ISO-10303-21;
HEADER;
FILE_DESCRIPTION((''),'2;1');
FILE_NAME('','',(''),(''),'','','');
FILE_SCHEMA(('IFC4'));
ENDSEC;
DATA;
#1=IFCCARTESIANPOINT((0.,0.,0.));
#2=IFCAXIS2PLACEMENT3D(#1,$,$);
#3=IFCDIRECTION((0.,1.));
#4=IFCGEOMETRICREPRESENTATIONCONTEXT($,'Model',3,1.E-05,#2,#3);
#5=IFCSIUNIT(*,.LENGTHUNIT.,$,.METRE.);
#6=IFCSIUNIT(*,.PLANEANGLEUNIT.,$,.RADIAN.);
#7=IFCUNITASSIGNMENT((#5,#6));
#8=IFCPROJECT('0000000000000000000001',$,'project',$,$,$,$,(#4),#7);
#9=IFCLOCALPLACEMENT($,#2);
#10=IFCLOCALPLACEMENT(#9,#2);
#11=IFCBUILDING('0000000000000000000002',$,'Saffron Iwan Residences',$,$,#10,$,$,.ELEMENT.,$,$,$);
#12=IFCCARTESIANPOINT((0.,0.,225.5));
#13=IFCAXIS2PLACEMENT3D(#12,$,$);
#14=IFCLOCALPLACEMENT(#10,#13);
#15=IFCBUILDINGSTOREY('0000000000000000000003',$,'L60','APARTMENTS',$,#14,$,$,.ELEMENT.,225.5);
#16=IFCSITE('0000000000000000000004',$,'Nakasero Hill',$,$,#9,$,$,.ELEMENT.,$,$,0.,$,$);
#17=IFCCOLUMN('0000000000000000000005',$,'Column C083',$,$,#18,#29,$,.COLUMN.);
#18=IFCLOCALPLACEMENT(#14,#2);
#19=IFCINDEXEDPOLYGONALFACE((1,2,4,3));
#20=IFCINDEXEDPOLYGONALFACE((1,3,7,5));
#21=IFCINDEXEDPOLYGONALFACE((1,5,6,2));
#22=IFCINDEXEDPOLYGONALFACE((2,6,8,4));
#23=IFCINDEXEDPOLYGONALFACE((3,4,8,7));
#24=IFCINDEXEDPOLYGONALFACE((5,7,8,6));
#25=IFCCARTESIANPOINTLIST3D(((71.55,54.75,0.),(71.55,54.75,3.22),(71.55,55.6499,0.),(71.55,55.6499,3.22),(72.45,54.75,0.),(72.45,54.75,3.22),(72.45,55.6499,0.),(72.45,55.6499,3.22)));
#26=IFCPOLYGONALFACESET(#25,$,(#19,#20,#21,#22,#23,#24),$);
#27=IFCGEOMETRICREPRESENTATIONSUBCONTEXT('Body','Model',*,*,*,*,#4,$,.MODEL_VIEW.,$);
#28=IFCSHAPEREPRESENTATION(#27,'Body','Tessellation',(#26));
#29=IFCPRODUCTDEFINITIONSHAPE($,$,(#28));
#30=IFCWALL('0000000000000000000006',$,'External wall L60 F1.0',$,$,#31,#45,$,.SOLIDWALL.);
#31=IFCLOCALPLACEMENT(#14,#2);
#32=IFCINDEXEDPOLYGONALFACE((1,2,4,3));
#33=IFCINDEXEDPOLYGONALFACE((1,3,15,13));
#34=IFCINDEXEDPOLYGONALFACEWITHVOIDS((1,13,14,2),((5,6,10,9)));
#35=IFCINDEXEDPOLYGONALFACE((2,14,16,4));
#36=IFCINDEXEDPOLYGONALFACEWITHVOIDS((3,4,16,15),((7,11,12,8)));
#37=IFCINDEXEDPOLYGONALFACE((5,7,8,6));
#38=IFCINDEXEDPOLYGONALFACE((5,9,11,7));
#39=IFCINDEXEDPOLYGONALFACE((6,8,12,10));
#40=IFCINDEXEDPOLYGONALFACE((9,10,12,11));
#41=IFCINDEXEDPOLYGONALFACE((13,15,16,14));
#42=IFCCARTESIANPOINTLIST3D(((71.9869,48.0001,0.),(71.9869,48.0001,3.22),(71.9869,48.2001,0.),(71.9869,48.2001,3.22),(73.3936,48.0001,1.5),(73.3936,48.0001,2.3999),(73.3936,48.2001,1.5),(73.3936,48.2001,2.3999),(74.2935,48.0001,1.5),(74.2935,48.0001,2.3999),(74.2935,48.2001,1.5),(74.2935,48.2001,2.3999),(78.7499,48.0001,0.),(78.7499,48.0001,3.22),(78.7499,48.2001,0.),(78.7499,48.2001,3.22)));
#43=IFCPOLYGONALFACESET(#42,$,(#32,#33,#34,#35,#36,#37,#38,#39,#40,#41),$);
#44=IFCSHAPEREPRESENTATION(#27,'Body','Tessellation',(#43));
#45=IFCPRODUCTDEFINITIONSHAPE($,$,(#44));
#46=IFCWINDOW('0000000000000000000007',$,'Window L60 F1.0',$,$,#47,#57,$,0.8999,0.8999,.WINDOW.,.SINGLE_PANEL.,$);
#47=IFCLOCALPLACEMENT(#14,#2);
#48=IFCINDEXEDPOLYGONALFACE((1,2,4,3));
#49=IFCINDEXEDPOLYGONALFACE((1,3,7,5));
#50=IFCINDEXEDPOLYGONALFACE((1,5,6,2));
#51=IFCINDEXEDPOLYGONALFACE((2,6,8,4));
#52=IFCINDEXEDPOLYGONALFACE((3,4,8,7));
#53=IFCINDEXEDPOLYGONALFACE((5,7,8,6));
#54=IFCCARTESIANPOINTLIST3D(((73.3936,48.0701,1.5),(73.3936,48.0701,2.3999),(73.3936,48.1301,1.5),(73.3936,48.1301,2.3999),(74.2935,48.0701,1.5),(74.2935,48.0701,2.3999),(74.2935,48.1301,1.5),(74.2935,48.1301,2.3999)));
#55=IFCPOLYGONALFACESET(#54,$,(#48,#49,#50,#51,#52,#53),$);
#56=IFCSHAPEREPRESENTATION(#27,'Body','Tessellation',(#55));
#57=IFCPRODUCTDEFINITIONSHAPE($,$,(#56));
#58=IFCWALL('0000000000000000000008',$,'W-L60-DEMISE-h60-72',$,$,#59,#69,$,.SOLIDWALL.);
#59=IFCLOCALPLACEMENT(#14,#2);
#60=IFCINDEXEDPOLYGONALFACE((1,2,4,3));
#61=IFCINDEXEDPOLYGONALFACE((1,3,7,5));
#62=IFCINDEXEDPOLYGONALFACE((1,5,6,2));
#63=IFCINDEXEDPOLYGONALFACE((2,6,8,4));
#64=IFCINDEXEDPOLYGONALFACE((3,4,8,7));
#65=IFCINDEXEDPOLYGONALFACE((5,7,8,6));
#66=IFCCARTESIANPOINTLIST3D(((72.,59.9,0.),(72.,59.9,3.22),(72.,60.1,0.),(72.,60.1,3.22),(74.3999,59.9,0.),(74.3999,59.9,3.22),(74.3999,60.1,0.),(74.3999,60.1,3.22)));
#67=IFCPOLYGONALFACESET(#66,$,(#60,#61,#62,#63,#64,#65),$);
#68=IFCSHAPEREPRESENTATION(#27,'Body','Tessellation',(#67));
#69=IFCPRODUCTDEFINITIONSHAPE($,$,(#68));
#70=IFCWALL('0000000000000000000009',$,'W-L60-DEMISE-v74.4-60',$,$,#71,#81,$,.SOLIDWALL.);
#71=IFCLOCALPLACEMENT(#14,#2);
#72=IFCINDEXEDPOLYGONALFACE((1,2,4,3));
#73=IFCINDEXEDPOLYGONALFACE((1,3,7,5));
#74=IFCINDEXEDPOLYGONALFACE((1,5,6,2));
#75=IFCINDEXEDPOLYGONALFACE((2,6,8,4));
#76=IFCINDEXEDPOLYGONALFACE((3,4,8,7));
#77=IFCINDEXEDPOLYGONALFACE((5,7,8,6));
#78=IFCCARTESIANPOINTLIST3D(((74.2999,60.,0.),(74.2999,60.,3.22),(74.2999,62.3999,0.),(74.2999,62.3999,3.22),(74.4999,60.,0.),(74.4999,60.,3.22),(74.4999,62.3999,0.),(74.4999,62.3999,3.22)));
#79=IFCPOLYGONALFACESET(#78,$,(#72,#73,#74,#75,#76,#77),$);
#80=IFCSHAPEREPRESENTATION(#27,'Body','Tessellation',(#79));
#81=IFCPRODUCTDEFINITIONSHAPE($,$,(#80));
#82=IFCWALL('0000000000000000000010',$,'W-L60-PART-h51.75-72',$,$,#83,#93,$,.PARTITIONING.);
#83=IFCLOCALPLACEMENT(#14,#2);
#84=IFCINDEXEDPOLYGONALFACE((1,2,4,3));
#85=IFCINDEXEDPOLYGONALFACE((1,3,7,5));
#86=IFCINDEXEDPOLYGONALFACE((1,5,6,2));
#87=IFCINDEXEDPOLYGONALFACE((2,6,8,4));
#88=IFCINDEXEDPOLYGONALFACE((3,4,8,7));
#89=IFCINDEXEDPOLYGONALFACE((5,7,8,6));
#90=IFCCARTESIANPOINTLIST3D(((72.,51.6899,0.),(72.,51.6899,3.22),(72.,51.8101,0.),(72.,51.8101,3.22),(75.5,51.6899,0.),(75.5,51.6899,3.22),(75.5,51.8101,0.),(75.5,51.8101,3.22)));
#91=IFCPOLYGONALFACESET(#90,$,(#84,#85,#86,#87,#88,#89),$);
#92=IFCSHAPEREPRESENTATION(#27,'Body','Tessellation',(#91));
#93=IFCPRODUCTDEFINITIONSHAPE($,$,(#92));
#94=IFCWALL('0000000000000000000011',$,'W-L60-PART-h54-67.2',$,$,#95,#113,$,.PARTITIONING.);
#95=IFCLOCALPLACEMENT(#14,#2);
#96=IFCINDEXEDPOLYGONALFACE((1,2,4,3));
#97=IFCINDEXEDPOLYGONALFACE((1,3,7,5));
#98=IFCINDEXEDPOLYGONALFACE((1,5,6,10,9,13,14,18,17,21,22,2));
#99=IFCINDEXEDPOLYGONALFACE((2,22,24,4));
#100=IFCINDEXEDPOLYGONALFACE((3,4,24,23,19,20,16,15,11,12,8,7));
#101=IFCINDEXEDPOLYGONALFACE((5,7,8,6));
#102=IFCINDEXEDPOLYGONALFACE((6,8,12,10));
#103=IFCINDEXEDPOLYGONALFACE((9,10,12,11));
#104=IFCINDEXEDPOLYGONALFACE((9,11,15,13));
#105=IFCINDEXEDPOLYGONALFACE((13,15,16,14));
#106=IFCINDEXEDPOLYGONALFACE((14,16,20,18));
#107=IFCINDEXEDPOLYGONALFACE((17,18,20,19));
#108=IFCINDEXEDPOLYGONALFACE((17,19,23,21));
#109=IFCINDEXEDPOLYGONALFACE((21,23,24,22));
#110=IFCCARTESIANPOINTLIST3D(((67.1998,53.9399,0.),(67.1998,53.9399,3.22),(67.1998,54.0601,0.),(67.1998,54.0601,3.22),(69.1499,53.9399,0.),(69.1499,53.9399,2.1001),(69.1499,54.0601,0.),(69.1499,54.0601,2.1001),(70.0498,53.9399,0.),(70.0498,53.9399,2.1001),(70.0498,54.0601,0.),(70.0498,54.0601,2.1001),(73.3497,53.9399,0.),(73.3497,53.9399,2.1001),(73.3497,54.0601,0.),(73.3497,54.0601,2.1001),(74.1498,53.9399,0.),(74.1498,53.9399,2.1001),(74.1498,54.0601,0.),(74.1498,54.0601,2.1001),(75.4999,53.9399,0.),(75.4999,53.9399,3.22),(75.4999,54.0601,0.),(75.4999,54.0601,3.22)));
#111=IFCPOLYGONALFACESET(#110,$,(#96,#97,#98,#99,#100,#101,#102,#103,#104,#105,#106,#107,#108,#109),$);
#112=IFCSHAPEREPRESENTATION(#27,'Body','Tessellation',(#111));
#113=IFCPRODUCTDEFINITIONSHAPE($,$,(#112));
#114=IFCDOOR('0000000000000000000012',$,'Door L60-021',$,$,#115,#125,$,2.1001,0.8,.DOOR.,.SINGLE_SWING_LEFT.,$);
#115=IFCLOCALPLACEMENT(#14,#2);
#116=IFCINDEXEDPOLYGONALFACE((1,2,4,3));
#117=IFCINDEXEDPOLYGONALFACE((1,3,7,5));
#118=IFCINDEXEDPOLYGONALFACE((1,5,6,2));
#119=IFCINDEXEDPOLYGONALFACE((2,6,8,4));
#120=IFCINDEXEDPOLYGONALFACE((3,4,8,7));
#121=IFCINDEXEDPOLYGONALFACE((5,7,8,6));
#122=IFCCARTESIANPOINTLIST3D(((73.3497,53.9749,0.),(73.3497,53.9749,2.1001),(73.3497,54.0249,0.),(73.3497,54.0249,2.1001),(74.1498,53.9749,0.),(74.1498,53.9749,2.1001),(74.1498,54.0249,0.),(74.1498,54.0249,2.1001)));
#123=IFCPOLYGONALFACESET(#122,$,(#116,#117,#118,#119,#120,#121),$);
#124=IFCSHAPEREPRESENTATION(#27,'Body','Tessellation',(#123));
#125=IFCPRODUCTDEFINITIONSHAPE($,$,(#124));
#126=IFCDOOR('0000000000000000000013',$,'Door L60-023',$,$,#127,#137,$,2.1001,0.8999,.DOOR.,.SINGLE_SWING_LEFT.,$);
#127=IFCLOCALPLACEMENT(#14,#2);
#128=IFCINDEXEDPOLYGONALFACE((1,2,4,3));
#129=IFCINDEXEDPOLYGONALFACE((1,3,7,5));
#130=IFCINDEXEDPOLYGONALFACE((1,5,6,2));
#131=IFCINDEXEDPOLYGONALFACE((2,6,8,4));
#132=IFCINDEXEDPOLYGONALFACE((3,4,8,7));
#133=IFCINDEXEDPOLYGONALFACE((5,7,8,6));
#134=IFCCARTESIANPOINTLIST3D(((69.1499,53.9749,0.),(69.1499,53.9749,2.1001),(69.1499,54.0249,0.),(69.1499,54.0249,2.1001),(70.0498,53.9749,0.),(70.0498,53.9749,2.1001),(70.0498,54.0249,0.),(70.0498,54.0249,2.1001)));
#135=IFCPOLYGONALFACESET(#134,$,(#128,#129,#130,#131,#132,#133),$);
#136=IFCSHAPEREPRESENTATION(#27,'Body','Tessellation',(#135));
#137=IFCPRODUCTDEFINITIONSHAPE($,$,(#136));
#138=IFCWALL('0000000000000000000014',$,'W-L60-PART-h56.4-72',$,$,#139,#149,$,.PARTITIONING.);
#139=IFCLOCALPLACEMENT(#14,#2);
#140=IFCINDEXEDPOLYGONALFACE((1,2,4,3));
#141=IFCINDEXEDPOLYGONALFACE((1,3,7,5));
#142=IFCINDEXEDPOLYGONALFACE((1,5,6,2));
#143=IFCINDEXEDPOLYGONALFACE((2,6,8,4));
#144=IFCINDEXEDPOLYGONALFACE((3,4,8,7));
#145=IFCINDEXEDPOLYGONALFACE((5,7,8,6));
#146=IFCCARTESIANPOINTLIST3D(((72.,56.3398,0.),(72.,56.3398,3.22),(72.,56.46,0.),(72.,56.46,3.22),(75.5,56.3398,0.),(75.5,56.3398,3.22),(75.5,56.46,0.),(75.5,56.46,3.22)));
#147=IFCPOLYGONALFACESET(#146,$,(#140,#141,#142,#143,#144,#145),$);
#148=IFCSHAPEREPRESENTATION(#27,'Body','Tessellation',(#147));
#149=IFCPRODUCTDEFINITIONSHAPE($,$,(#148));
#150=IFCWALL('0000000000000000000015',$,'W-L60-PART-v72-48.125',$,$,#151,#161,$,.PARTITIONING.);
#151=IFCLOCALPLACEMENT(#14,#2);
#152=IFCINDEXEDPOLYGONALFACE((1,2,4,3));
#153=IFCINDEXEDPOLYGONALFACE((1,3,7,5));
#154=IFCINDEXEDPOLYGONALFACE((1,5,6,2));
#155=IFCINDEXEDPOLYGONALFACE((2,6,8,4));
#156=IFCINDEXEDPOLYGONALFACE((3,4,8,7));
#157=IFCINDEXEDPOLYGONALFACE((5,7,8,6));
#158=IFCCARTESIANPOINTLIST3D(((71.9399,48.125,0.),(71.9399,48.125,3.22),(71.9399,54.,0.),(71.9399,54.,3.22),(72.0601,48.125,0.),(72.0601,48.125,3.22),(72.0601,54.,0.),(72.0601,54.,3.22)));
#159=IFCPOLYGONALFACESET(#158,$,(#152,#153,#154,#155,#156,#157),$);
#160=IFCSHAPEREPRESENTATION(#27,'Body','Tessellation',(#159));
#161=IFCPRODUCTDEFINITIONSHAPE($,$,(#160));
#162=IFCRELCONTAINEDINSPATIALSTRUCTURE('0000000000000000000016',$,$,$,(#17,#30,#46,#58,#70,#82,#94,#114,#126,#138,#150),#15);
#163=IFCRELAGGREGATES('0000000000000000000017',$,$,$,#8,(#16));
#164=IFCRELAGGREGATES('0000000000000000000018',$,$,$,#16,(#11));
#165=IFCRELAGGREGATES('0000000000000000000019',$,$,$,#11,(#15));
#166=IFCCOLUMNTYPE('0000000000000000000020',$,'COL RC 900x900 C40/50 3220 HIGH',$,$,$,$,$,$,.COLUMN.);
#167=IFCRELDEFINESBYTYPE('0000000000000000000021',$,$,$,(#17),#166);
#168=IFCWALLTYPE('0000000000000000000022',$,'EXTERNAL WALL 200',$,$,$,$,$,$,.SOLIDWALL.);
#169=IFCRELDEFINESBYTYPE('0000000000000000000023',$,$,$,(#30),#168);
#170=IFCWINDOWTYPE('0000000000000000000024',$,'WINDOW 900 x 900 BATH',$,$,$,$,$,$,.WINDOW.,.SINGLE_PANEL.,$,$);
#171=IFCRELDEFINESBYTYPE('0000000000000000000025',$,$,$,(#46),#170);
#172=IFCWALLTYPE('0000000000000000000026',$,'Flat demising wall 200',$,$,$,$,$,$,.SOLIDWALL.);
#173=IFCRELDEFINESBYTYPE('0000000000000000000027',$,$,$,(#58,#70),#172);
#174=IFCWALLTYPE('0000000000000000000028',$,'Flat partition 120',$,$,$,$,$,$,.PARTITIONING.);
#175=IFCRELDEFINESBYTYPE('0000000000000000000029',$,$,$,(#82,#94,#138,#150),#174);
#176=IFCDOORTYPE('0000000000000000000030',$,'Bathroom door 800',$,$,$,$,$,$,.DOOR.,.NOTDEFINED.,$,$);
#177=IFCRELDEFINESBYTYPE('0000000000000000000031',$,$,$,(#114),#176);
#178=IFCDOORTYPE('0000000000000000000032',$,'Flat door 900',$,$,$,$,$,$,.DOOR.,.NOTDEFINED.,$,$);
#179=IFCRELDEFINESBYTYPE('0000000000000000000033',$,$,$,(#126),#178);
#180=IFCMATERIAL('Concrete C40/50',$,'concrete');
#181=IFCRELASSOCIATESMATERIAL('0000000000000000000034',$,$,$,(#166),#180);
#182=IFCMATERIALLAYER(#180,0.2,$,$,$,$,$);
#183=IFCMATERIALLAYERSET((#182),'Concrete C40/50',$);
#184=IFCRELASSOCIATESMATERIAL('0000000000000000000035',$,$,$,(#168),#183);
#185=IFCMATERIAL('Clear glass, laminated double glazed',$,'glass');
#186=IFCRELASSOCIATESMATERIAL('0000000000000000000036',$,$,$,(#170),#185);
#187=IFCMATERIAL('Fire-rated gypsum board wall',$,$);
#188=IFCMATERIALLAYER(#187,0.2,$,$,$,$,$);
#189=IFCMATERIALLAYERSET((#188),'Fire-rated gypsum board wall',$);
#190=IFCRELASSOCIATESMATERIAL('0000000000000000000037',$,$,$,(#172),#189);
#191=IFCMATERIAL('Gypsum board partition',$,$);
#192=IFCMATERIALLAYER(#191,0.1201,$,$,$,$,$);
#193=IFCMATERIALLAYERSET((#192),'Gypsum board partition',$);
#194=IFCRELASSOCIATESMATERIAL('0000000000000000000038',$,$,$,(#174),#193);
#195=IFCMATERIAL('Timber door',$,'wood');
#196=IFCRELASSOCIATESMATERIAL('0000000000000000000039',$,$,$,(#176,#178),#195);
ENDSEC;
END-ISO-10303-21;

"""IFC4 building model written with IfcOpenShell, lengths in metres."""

from ifc_helpers import new_model, si_unit, direction, frame, frame_2d, origin, origin_2d, place, context, subcontext, project, spatial, rectangle, extrude, source, transform, mapped, material, layer, layer_set, material_profile, profile_set, type_object, element, fill, save


model = new_model("IFC4")

# Units and contexts
model_context = context("Model", 3, precision=1e-05, world=origin(), true_north=direction((0.0, 1.0)))
body_context = subcontext(model_context, "Body", "Model", "MODEL_VIEW")
ifc_project = project(units=[si_unit("LENGTHUNIT", "METRE"), si_unit("PLANEANGLEUNIT", "RADIAN")], contexts=[model_context])

# Site, building, storey
site_placement = place(None, origin())
site = spatial("IfcSite", under=ifc_project, at=site_placement, Name="Nakasero Hill", CompositionType="ELEMENT", RefElevation=0.0)
building_placement = place(site_placement, origin())
building = spatial("IfcBuilding", under=site, at=building_placement, Name="Saffron Iwan Residences", CompositionType="ELEMENT")
storey_placement = place(building_placement, frame((0.0, 0.0, 225.5)))
storey = spatial("IfcBuildingStorey", under=building, at=storey_placement, Name="L60", Description="APARTMENTS", CompositionType="ELEMENT", Elevation=225.5)

# Column
ifc_material_1 = material(Name="Concrete C40/50", Category="concrete")
ifc_material_profile = material_profile(ifc_material_1, rectangle(XDim=0.8999, YDim=0.8999, at=origin_2d()), Name="RC 900x900")
ifc_profile_set = profile_set([ifc_material_profile], Name="Concrete C40/50")
column_type = type_object("IfcColumnType", Name="COL RC 900x900 C40/50 3220 HIGH", PredefinedType="COLUMN", material=ifc_profile_set)
shared_shape = source(origin(), body_context, "Body", "SweptSolid", [
    extrude(rectangle(XDim=0.8999, YDim=0.8999, at=origin_2d()), origin(), (0.0, 0.0, 1.0), 3.22),
])
column_placement = place(storey_placement, frame((72.0, 55.2, 0.0), z_axis=(0.0, 0.0, 1.0), x_axis=(1.0, 0.0, 0.0)))
element("IfcColumn", 1, at=column_placement, inside=storey, type_object=column_type, Name="Column C083", PredefinedType="COLUMN", context=body_context, shape_type="MappedRepresentation", body=[
    mapped(shared_shape, transform((0.0, 0.0, 0.0))),
])

# Wall, opening, window
ifc_layer_1 = layer(ifc_material_1, 0.2)
ifc_layer_set_1 = layer_set([ifc_layer_1], Name="Concrete C40/50")
wall_type_1 = type_object("IfcWallType", Name="EXTERNAL WALL 200", PredefinedType="SOLIDWALL", material=ifc_layer_set_1)
wall_1_placement = place(storey_placement, frame((71.9871, 48.1001, 0.0), z_axis=(0.0, 0.0, 1.0), x_axis=(1.0, 0.0, 0.0)))
wall_1 = element("IfcWall", 2, at=wall_1_placement, inside=storey, type_object=wall_type_1, Name="External wall L60 F1.0", PredefinedType="SOLIDWALL", context=body_context, shape_type="SweptSolid", body=[
    extrude(rectangle(XDim=6.7629, YDim=0.2, at=frame_2d((3.3813, 0.0))), origin(), (0.0, 0.0, 1.0), 3.22),
])
opening_1_placement = place(wall_1_placement, frame((1.4065, 0.0, 1.5)))
opening_1 = element("IfcOpeningElement", 3, at=opening_1_placement, cuts=wall_1, PredefinedType="OPENING", context=body_context, shape_type="SweptSolid", body=[
    extrude(rectangle(XDim=0.8999, YDim=0.8999, at=frame_2d((0.45, 0.45))), frame((0.0, 0.1099, 0.0), z_axis=(0.0, -1.0, 0.0), x_axis=(1.0, 0.0, 0.0)), (0.0, 0.0, 1.0), 0.22),
])
ifc_material_2 = material(Name="Clear glass, laminated double glazed", Category="glass")
window_type = type_object("IfcWindowType", Name="WINDOW 900 x 900 BATH", PartitioningType="SINGLE_PANEL", PredefinedType="WINDOW", material=ifc_material_2)
window_placement = place(opening_1_placement, origin())
window = element("IfcWindow", 4, at=window_placement, inside=storey, type_object=window_type, Name="Window L60 F1.0", OverallHeight=0.8999, OverallWidth=0.8999, PartitioningType="SINGLE_PANEL", PredefinedType="WINDOW", context=body_context, shape_type="SweptSolid", body=[
    extrude(rectangle(XDim=0.8999, YDim=0.8999, at=frame_2d((0.45, 0.45))), frame((0.0, 0.03, 0.0), z_axis=(0.0, -1.0, 0.0), x_axis=(1.0, 0.0, 0.0)), (0.0, 0.0, 1.0), 0.0601),
])
fill(opening_1, window)

# Walls
ifc_material_3 = material(Name="Fire-rated gypsum board wall")
ifc_layer_2 = layer(ifc_material_3, 0.2)
ifc_layer_set_2 = layer_set([ifc_layer_2], Name="Fire-rated gypsum board wall")
wall_type_2 = type_object("IfcWallType", Name="Flat demising wall 200", PredefinedType="SOLIDWALL", material=ifc_layer_set_2)
for number, where, z_axis, x_axis, name in (
    (5, (72.0, 60.0, 0.0), (0.0, 0.0, 1.0), (1.0, 0.0, 0.0), "W-L60-DEMISE-h60-72"),
    (6, (74.3999, 60.0, 0.0), (0.0, 0.0, 1.0), (0.0, 1.0, 0.0), "W-L60-DEMISE-v74.4-60"),
):
    element("IfcWall", number, at=place(storey_placement, frame(where, z_axis=z_axis, x_axis=x_axis)), inside=storey, type_object=wall_type_2, Name=name, PredefinedType="SOLIDWALL", context=body_context, shape_type="SweptSolid", body=[
        extrude(rectangle(XDim=2.3999, YDim=0.2, at=frame_2d((1.2, 0.0))), origin(), (0.0, 0.0, 1.0), 3.22),
    ])
ifc_material_4 = material(Name="Gypsum board partition")
ifc_layer_3 = layer(ifc_material_4, 0.1201)
ifc_layer_set_3 = layer_set([ifc_layer_3], Name="Gypsum board partition")
wall_type_3 = type_object("IfcWallType", Name="Flat partition 120", PredefinedType="PARTITIONING", material=ifc_layer_set_3)
wall_2_placement = place(storey_placement, frame((72.0, 51.75, 0.0), z_axis=(0.0, 0.0, 1.0), x_axis=(1.0, 0.0, 0.0)))
element("IfcWall", 7, at=wall_2_placement, inside=storey, type_object=wall_type_3, Name="W-L60-PART-h51.75-72", PredefinedType="PARTITIONING", context=body_context, shape_type="SweptSolid", body=[
    extrude(rectangle(XDim=3.5, YDim=0.1201, at=frame_2d((1.75, 0.0))), origin(), (0.0, 0.0, 1.0), 3.22),
])

# Wall, openings, doors
wall_3_placement = place(storey_placement, frame((67.2, 54.0, 0.0), z_axis=(0.0, 0.0, 1.0), x_axis=(1.0, 0.0, 0.0)))
wall_3 = element("IfcWall", 8, at=wall_3_placement, inside=storey, type_object=wall_type_3, Name="W-L60-PART-h54-67.2", PredefinedType="PARTITIONING", context=body_context, shape_type="SweptSolid", body=[
    extrude(rectangle(XDim=8.3, YDim=0.1201, at=frame_2d((4.1499, 0.0))), origin(), (0.0, 0.0, 1.0), 3.22),
])
opening_2_placement = place(wall_3_placement, frame((6.1499, 0.0, 0.0)))
opening_2 = element("IfcOpeningElement", 9, at=opening_2_placement, cuts=wall_3, PredefinedType="OPENING", context=body_context, shape_type="SweptSolid", body=[
    extrude(rectangle(XDim=0.8, YDim=2.1001, at=frame_2d((0.3999, 1.05))), frame((0.0, 0.0701, 0.0), z_axis=(0.0, -1.0, 0.0), x_axis=(1.0, 0.0, 0.0)), (0.0, 0.0, 1.0), 0.1401),
])
opening_3_placement = place(wall_3_placement, frame((1.95, 0.0, 0.0)))
opening_3 = element("IfcOpeningElement", 10, at=opening_3_placement, cuts=wall_3, PredefinedType="OPENING", context=body_context, shape_type="SweptSolid", body=[
    extrude(rectangle(XDim=0.8999, YDim=2.1001, at=frame_2d((0.45, 1.05))), frame((0.0, 0.0701, 0.0), z_axis=(0.0, -1.0, 0.0), x_axis=(1.0, 0.0, 0.0)), (0.0, 0.0, 1.0), 0.1401),
])
ifc_material_5 = material(Name="Timber door", Category="wood")
door_type_1 = type_object("IfcDoorType", Name="Bathroom door 800", OperationType="NOTDEFINED", PredefinedType="DOOR", material=ifc_material_5)
door_1_placement = place(opening_2_placement, origin())
door_1 = element("IfcDoor", 11, at=door_1_placement, inside=storey, type_object=door_type_1, Name="Door L60-021", OperationType="SINGLE_SWING_LEFT", OverallHeight=2.1001, OverallWidth=0.8, PredefinedType="DOOR", context=body_context, shape_type="SweptSolid", body=[
    extrude(rectangle(XDim=0.8, YDim=2.1001, at=frame_2d((0.3999, 1.05))), frame((0.0, 0.0249, 0.0), z_axis=(0.0, -1.0, 0.0), x_axis=(1.0, 0.0, 0.0)), (0.0, 0.0, 1.0), 0.05),
])
fill(opening_2, door_1)
door_type_2 = type_object("IfcDoorType", Name="Flat door 900", OperationType="NOTDEFINED", PredefinedType="DOOR", material=ifc_material_5)
door_2_placement = place(opening_3_placement, origin())
door_2 = element("IfcDoor", 12, at=door_2_placement, inside=storey, type_object=door_type_2, Name="Door L60-023", OperationType="SINGLE_SWING_LEFT", OverallHeight=2.1001, OverallWidth=0.8999, PredefinedType="DOOR", context=body_context, shape_type="SweptSolid", body=[
    extrude(rectangle(XDim=0.8999, YDim=2.1001, at=frame_2d((0.45, 1.05))), frame((0.0, 0.0249, 0.0), z_axis=(0.0, -1.0, 0.0), x_axis=(1.0, 0.0, 0.0)), (0.0, 0.0, 1.0), 0.05),
])
fill(opening_3, door_2)

# Walls
wall_4_placement = place(storey_placement, frame((72.0, 56.3999, 0.0), z_axis=(0.0, 0.0, 1.0), x_axis=(1.0, 0.0, 0.0)))
element("IfcWall", 13, at=wall_4_placement, inside=storey, type_object=wall_type_3, Name="W-L60-PART-h56.4-72", PredefinedType="PARTITIONING", context=body_context, shape_type="SweptSolid", body=[
    extrude(rectangle(XDim=3.5, YDim=0.1201, at=frame_2d((1.75, 0.0))), origin(), (0.0, 0.0, 1.0), 3.22),
])
wall_5_placement = place(storey_placement, frame((72.0, 48.125, 0.0), z_axis=(0.0, 0.0, 1.0), x_axis=(0.0, 1.0, 0.0)))
element("IfcWall", 14, at=wall_5_placement, inside=storey, type_object=wall_type_3, Name="W-L60-PART-v72-48.125", PredefinedType="PARTITIONING", context=body_context, shape_type="SweptSolid", body=[
    extrude(rectangle(XDim=5.875, YDim=0.1201, at=frame_2d((2.9375, 0.0))), origin(), (0.0, 0.0, 1.0), 3.22),
])

save(model, "model.ifc")
